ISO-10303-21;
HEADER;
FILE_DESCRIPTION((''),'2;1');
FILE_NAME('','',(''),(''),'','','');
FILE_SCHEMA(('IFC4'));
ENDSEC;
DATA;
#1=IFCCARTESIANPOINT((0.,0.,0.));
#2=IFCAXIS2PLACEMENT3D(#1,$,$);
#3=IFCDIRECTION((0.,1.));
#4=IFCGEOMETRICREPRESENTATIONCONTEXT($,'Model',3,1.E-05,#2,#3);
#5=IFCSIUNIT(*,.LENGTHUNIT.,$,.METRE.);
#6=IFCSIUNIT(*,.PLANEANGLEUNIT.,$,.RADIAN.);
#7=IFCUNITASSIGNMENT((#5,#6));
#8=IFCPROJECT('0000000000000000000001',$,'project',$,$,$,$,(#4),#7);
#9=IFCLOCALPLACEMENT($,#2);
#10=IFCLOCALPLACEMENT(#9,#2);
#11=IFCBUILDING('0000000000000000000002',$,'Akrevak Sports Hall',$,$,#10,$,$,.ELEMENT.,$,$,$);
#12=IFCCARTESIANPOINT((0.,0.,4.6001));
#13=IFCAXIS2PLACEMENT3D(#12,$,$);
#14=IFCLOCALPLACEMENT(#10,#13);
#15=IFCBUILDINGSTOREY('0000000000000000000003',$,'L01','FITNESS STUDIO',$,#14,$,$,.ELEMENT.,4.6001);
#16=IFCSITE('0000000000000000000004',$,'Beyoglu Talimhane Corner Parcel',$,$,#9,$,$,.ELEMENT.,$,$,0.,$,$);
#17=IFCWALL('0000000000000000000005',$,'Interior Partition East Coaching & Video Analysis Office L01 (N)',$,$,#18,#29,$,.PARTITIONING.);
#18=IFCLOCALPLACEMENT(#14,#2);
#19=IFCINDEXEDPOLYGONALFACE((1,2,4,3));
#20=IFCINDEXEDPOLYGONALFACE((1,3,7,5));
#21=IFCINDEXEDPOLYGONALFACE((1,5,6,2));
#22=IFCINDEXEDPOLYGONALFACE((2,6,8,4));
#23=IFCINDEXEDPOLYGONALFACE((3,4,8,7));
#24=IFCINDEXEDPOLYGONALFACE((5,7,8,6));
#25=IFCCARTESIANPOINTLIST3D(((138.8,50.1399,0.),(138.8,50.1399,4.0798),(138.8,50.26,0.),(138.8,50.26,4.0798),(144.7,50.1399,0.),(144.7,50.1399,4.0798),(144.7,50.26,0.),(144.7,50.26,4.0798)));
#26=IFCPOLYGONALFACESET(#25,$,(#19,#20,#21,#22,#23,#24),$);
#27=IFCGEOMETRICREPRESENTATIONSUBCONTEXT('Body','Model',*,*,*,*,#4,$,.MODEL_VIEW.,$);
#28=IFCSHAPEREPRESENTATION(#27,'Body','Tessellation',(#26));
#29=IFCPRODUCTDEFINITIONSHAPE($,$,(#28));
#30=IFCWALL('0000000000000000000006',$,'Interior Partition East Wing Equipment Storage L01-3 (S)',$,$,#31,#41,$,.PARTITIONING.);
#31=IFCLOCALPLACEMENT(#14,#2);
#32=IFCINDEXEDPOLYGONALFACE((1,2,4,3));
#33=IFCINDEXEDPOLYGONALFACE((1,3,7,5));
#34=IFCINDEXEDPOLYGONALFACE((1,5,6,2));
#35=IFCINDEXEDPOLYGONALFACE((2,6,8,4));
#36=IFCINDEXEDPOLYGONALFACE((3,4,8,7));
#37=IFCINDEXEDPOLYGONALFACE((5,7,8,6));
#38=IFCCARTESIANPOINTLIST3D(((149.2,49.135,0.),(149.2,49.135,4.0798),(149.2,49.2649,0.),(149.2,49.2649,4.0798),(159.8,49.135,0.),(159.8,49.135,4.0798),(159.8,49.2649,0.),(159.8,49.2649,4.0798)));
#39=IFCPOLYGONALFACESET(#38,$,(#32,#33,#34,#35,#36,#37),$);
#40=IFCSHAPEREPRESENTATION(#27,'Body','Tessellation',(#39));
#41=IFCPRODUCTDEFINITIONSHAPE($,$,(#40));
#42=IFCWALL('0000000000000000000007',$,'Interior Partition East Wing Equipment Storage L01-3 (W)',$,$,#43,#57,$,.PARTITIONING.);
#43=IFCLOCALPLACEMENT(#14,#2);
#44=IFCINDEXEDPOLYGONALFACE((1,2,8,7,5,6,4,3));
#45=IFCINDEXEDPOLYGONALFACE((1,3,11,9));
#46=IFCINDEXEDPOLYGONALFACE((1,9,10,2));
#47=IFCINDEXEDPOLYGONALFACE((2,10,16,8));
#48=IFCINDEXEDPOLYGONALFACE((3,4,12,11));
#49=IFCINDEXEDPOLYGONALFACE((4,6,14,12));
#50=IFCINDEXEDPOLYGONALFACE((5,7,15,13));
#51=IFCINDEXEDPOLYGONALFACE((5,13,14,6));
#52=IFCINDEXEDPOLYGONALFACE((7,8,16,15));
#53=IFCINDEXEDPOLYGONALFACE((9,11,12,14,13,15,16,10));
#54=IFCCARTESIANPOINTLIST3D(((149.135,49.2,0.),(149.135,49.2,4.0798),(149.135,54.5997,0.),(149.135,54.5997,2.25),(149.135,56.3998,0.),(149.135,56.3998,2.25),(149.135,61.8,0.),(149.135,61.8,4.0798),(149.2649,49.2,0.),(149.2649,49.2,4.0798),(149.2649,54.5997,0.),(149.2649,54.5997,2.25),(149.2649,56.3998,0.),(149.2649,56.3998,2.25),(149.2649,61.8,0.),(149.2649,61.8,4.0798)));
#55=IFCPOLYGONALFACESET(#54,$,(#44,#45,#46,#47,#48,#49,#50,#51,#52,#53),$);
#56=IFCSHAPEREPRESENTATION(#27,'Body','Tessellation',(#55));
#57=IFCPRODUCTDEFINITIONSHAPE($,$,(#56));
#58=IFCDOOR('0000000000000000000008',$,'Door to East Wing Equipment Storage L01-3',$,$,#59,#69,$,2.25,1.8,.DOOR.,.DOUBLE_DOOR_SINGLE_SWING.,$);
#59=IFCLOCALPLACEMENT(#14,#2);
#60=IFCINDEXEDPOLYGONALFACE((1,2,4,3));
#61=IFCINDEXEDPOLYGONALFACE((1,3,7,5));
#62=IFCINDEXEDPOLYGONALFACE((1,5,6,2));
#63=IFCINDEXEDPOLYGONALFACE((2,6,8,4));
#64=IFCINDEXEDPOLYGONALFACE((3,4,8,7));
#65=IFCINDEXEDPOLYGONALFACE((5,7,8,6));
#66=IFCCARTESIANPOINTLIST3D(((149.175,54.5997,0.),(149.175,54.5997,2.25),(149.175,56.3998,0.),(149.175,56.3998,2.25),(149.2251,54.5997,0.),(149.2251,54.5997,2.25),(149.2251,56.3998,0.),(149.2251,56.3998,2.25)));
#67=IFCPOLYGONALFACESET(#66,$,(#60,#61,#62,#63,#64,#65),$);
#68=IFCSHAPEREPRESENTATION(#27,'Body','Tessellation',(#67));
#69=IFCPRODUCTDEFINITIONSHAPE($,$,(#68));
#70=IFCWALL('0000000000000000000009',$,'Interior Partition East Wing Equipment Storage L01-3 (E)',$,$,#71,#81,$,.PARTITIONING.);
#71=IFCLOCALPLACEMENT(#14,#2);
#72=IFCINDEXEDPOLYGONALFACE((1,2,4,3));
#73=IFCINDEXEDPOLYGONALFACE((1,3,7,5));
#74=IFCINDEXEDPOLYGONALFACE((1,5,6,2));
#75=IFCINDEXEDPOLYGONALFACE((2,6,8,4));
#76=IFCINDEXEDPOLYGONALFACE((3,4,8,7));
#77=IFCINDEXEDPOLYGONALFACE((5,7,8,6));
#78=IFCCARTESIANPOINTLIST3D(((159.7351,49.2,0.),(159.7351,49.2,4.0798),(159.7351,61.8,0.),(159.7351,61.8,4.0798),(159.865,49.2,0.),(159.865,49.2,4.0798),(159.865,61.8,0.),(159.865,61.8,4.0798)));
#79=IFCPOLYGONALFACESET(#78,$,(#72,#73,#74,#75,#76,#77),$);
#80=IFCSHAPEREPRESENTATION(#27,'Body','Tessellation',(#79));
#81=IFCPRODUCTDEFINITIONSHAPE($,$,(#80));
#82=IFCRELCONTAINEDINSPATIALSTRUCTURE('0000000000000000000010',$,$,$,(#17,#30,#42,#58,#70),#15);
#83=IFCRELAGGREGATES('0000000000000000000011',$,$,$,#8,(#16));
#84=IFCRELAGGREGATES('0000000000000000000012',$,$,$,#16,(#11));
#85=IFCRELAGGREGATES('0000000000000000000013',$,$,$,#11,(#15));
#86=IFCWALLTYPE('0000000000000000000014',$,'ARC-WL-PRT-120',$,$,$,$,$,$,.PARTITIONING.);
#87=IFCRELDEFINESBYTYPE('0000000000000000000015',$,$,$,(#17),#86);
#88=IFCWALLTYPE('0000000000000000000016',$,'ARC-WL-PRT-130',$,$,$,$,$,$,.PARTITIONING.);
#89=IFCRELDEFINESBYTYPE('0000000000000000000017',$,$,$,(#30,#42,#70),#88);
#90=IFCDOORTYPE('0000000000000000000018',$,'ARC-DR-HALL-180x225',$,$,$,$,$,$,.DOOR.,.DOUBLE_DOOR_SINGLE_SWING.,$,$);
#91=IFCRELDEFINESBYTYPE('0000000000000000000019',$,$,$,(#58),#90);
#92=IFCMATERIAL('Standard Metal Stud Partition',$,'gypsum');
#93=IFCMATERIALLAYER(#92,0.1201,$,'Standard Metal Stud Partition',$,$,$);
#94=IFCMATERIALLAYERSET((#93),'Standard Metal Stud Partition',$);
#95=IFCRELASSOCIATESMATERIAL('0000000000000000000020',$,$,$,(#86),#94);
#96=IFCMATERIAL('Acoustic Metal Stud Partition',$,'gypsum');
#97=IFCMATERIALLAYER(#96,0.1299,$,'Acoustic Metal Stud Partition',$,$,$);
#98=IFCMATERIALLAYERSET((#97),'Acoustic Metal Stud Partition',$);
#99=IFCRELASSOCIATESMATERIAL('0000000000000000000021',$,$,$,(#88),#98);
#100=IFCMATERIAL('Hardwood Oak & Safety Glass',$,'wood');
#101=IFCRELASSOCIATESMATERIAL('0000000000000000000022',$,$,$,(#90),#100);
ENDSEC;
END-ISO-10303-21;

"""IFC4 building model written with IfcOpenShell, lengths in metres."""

from ifc_helpers import new_model, si_unit, direction, frame, frame_2d, origin, place, context, subcontext, project, spatial, rectangle, extrude, material, layer, layer_set, type_object, element, fill, save


model = new_model("IFC4")

# Units and contexts
model_context = context("Model", 3, precision=1e-05, world=origin(), true_north=direction((0.0, 1.0)))
body_context = subcontext(model_context, "Body", "Model", "MODEL_VIEW")
ifc_project = project(units=[si_unit("LENGTHUNIT", "METRE"), si_unit("PLANEANGLEUNIT", "RADIAN")], contexts=[model_context])

# Site, building, storey
site_placement = place(None, origin())
site = spatial("IfcSite", under=ifc_project, at=site_placement, Name="Beyoglu Talimhane Corner Parcel", CompositionType="ELEMENT", RefElevation=0.0)
building_placement = place(site_placement, origin())
building = spatial("IfcBuilding", under=site, at=building_placement, Name="Akrevak Sports Hall", CompositionType="ELEMENT")
storey_placement = place(building_placement, frame((0.0, 0.0, 4.6001)))
storey = spatial("IfcBuildingStorey", under=building, at=storey_placement, Name="L01", Description="FITNESS STUDIO", CompositionType="ELEMENT", Elevation=4.6001)

# Walls
ifc_material_1 = material(Name="Standard Metal Stud Partition", Category="gypsum")
ifc_layer_1 = layer(ifc_material_1, 0.1201, Name="Standard Metal Stud Partition")
ifc_layer_set_1 = layer_set([ifc_layer_1], Name="Standard Metal Stud Partition")
wall_type_1 = type_object("IfcWallType", Name="ARC-WL-PRT-120", PredefinedType="PARTITIONING", material=ifc_layer_set_1)
wall_1_placement = place(storey_placement, frame((138.8, 50.2, 0.0), z_axis=(0.0, 0.0, 1.0), x_axis=(1.0, 0.0, 0.0)))
element("IfcWall", 1, at=wall_1_placement, inside=storey, type_object=wall_type_1, Name="Interior Partition East Coaching & Video Analysis Office L01 (N)", PredefinedType="PARTITIONING", context=body_context, shape_type="SweptSolid", body=[
    extrude(rectangle(XDim=5.8999, YDim=0.1201, at=frame_2d((2.95, 0.0))), origin(), (0.0, 0.0, 1.0), 4.0798),
])
ifc_material_2 = material(Name="Acoustic Metal Stud Partition", Category="gypsum")
ifc_layer_2 = layer(ifc_material_2, 0.1299, Name="Acoustic Metal Stud Partition")
ifc_layer_set_2 = layer_set([ifc_layer_2], Name="Acoustic Metal Stud Partition")
wall_type_2 = type_object("IfcWallType", Name="ARC-WL-PRT-130", PredefinedType="PARTITIONING", material=ifc_layer_set_2)
wall_2_placement = place(storey_placement, frame((149.2, 49.2, 0.0), z_axis=(0.0, 0.0, 1.0), x_axis=(1.0, 0.0, 0.0)))
element("IfcWall", 2, at=wall_2_placement, inside=storey, type_object=wall_type_2, Name="Interior Partition East Wing Equipment Storage L01-3 (S)", PredefinedType="PARTITIONING", context=body_context, shape_type="SweptSolid", body=[
    extrude(rectangle(XDim=10.6001, YDim=0.1299, at=frame_2d((5.3, 0.0))), origin(), (0.0, 0.0, 1.0), 4.0798),
])

# Wall, opening, door
wall_3_placement = place(storey_placement, frame((149.2, 49.2, 0.0), z_axis=(0.0, 0.0, 1.0), x_axis=(0.0, 1.0, 0.0)))
wall_3 = element("IfcWall", 3, at=wall_3_placement, inside=storey, type_object=wall_type_2, Name="Interior Partition East Wing Equipment Storage L01-3 (W)", PredefinedType="PARTITIONING", context=body_context, shape_type="SweptSolid", body=[
    extrude(rectangle(XDim=12.6001, YDim=0.1299, at=frame_2d((6.3, 0.0))), origin(), (0.0, 0.0, 1.0), 4.0798),
])
opening_placement = place(wall_3_placement, frame((5.3999, 0.0, 0.0)))
opening = element("IfcOpeningElement", 4, at=opening_placement, cuts=wall_3, PredefinedType="OPENING", context=body_context, shape_type="SweptSolid", body=[
    extrude(rectangle(XDim=1.8, YDim=2.25, at=frame_2d((0.8999, 1.125))), frame((0.0, 0.0769, 0.0), z_axis=(0.0, -1.0, 0.0), x_axis=(1.0, 0.0, 0.0)), (0.0, 0.0, 1.0), 0.1538),
])
ifc_material_3 = material(Name="Hardwood Oak & Safety Glass", Category="wood")
door_type = type_object("IfcDoorType", Name="ARC-DR-HALL-180x225", OperationType="DOUBLE_DOOR_SINGLE_SWING", PredefinedType="DOOR", material=ifc_material_3)
door_placement = place(opening_placement, origin())
door = element("IfcDoor", 5, at=door_placement, inside=storey, type_object=door_type, Name="Door to East Wing Equipment Storage L01-3", OperationType="DOUBLE_DOOR_SINGLE_SWING", OverallHeight=2.25, OverallWidth=1.8, PredefinedType="DOOR", context=body_context, shape_type="SweptSolid", body=[
    extrude(rectangle(XDim=1.8, YDim=2.25, at=frame_2d((0.8999, 1.125))), frame((0.0, 0.0249, 0.0), z_axis=(0.0, -1.0, 0.0), x_axis=(1.0, 0.0, 0.0)), (0.0, 0.0, 1.0), 0.05),
])
fill(opening, door)

# Wall
wall_4_placement = place(storey_placement, frame((159.8, 49.2, 0.0), z_axis=(0.0, 0.0, 1.0), x_axis=(0.0, 1.0, 0.0)))
element("IfcWall", 6, at=wall_4_placement, inside=storey, type_object=wall_type_2, Name="Interior Partition East Wing Equipment Storage L01-3 (E)", PredefinedType="PARTITIONING", context=body_context, shape_type="SweptSolid", body=[
    extrude(rectangle(XDim=12.6001, YDim=0.1299, at=frame_2d((6.3, 0.0))), origin(), (0.0, 0.0, 1.0), 4.0798),
])

save(model, "model.ifc")
